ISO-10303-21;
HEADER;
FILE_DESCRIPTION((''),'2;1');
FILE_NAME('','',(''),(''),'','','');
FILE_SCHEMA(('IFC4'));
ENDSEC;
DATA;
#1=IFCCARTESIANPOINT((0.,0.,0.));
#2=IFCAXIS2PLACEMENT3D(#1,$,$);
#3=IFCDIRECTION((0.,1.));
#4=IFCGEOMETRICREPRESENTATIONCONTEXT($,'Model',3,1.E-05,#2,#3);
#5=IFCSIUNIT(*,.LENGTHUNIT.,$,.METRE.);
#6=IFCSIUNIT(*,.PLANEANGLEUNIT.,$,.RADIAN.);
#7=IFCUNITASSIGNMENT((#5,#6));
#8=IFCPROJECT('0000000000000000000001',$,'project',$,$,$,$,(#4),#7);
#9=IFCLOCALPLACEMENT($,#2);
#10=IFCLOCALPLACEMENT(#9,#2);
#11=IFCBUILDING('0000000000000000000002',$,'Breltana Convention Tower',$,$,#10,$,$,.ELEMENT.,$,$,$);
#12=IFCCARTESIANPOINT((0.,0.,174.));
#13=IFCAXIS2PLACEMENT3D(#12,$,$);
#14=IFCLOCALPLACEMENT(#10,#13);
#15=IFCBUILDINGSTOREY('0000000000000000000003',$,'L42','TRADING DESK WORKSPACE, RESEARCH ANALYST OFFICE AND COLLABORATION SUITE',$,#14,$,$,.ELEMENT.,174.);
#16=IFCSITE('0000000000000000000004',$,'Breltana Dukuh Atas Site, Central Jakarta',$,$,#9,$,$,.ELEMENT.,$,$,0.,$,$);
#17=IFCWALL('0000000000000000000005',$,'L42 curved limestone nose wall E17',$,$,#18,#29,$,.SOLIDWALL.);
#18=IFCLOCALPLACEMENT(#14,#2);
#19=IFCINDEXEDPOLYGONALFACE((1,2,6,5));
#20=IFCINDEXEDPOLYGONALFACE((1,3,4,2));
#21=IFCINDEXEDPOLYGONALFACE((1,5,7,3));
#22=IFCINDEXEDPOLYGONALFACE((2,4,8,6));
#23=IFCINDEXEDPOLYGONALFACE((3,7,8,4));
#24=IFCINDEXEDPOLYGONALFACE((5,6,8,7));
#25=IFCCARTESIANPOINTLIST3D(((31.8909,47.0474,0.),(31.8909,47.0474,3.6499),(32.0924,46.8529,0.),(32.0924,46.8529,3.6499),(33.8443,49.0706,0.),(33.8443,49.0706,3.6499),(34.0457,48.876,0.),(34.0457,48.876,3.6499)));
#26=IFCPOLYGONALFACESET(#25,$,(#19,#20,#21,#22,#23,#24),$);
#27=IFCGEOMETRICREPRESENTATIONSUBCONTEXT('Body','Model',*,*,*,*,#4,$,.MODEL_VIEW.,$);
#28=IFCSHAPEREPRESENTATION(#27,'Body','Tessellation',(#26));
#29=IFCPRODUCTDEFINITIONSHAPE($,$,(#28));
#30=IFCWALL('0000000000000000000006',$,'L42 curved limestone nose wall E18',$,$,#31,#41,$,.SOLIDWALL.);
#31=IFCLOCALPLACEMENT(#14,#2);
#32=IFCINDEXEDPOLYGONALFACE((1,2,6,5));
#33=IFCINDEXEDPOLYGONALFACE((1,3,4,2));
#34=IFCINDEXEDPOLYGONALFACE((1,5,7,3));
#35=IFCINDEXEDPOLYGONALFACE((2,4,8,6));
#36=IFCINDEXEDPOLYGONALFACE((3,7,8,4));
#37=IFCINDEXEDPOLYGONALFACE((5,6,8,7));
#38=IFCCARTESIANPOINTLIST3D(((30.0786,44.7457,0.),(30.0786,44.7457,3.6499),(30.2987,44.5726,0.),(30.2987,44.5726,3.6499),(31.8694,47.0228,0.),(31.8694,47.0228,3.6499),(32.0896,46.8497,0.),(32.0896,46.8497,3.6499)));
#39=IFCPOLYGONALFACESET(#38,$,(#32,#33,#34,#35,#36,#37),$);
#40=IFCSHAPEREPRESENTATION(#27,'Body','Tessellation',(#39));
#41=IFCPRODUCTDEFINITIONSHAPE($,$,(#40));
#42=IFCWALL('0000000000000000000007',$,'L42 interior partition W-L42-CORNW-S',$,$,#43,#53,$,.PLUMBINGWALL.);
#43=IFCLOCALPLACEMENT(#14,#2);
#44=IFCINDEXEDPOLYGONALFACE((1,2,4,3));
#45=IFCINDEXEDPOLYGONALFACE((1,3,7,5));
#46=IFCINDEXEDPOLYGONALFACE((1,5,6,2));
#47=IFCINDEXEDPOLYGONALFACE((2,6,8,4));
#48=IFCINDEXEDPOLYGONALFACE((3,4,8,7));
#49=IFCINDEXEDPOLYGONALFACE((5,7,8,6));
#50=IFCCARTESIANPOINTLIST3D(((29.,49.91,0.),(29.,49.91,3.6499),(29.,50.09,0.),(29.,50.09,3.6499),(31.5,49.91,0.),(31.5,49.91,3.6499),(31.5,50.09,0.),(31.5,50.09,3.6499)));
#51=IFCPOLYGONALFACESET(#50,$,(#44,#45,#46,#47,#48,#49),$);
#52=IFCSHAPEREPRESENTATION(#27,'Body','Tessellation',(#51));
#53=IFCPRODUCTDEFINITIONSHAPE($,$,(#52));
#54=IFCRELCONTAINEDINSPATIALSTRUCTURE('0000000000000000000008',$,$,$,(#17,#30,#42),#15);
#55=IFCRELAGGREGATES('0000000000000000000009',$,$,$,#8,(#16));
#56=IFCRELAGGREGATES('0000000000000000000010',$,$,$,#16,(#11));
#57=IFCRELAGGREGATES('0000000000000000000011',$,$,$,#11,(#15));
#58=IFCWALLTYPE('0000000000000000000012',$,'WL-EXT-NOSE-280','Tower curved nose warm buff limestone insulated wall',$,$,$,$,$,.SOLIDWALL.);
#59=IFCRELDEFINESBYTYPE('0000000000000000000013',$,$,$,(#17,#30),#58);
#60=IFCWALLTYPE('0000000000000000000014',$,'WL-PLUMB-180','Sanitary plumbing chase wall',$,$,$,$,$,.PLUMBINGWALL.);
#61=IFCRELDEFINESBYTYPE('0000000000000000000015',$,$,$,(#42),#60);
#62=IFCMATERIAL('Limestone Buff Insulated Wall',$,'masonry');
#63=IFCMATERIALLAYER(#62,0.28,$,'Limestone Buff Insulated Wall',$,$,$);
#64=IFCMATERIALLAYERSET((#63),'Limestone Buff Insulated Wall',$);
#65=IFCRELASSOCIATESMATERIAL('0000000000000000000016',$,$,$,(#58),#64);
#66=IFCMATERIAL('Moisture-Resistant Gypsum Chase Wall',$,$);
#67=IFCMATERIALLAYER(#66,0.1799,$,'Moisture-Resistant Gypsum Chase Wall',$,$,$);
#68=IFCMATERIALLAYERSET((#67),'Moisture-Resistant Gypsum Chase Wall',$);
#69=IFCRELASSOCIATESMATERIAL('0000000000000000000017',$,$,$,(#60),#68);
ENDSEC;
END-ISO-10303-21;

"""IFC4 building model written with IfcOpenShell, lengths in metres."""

from ifc_helpers import new_model, si_unit, direction, frame, frame_2d, origin, place, context, subcontext, project, spatial, rectangle, extrude, source, transform, mapped, material, layer, layer_set, type_object, element, save


model = new_model("IFC4")

# Units and contexts
model_context = context("Model", 3, precision=1e-05, world=origin(), true_north=direction((0.0, 1.0)))
body_context = subcontext(model_context, "Body", "Model", "MODEL_VIEW")
ifc_project = project(units=[si_unit("LENGTHUNIT", "METRE"), si_unit("PLANEANGLEUNIT", "RADIAN")], contexts=[model_context])

# Site, building, storey
site_placement = place(None, origin())
site = spatial("IfcSite", under=ifc_project, at=site_placement, Name="Breltana Dukuh Atas Site, Central Jakarta", CompositionType="ELEMENT", RefElevation=0.0)
building_placement = place(site_placement, origin())
building = spatial("IfcBuilding", under=site, at=building_placement, Name="Breltana Convention Tower", CompositionType="ELEMENT")
storey_placement = place(building_placement, frame((0.0, 0.0, 174.0)))
storey = spatial("IfcBuildingStorey", under=building, at=storey_placement, Name="L42", Description="TRADING DESK WORKSPACE, RESEARCH ANALYST OFFICE AND COLLABORATION SUITE", CompositionType="ELEMENT", Elevation=174.0)

# Shared definitions
ifc_material_1 = material(Name="Limestone Buff Insulated Wall", Category="masonry")
ifc_layer_1 = layer(ifc_material_1, 0.28, Name="Limestone Buff Insulated Wall")
ifc_layer_set_1 = layer_set([ifc_layer_1], Name="Limestone Buff Insulated Wall")
wall_type_1 = type_object("IfcWallType", Name="WL-EXT-NOSE-280", Description="Tower curved nose warm buff limestone insulated wall", PredefinedType="SOLIDWALL", material=ifc_layer_set_1)

# Walls
shared_shape_1 = source(origin(), body_context, "Body", "SweptSolid", [
    extrude(rectangle(XDim=2.8123, YDim=0.28, at=frame_2d((1.4062, 0.0))), origin(), (0.0, 0.0, 1.0), 3.6499),
])
wall_1_placement = place(storey_placement, frame((33.9451, 48.9734, 0.0), z_axis=(0.0, 0.0, 1.0), x_axis=(-0.694584, -0.719412, 0.0)))
element("IfcWall", 1, at=wall_1_placement, inside=storey, type_object=wall_type_1, Name="L42 curved limestone nose wall E17", PredefinedType="SOLIDWALL", context=body_context, shape_type="MappedRepresentation", body=[
    mapped(shared_shape_1, transform((0.0, 0.0, 0.0), scale=1.0)),
])
shared_shape_2 = source(origin(), body_context, "Body", "SweptSolid", [
    extrude(rectangle(XDim=2.897, YDim=0.28, at=frame_2d((1.4485, 0.0))), origin(), (0.0, 0.0, 1.0), 3.6499),
])
wall_2_placement = place(storey_placement, frame((31.9795, 46.9363, 0.0), z_axis=(0.0, 0.0, 1.0), x_axis=(-0.618168, -0.786046, 0.0)))
element("IfcWall", 2, at=wall_2_placement, inside=storey, type_object=wall_type_1, Name="L42 curved limestone nose wall E18", PredefinedType="SOLIDWALL", context=body_context, shape_type="MappedRepresentation", body=[
    mapped(shared_shape_2, transform((0.0, 0.0, 0.0), scale=1.0)),
])
ifc_material_2 = material(Name="Moisture-Resistant Gypsum Chase Wall")
ifc_layer_2 = layer(ifc_material_2, 0.1799, Name="Moisture-Resistant Gypsum Chase Wall")
ifc_layer_set_2 = layer_set([ifc_layer_2], Name="Moisture-Resistant Gypsum Chase Wall")
wall_type_2 = type_object("IfcWallType", Name="WL-PLUMB-180", Description="Sanitary plumbing chase wall", PredefinedType="PLUMBINGWALL", material=ifc_layer_set_2)
shared_shape_3 = source(origin(), body_context, "Body", "SweptSolid", [
    extrude(rectangle(XDim=2.5, YDim=0.1799, at=frame_2d((1.25, 0.0))), origin(), (0.0, 0.0, 1.0), 3.6499),
])
wall_3_placement = place(storey_placement, frame((29.0, 50.0, 0.0), z_axis=(0.0, 0.0, 1.0), x_axis=(1.0, 0.0, 0.0)))
element("IfcWall", 3, at=wall_3_placement, inside=storey, type_object=wall_type_2, Name="L42 interior partition W-L42-CORNW-S", PredefinedType="PLUMBINGWALL", context=body_context, shape_type="MappedRepresentation", body=[
    mapped(shared_shape_3, transform((0.0, 0.0, 0.0), scale=1.0)),
])

save(model, "model.ifc")
